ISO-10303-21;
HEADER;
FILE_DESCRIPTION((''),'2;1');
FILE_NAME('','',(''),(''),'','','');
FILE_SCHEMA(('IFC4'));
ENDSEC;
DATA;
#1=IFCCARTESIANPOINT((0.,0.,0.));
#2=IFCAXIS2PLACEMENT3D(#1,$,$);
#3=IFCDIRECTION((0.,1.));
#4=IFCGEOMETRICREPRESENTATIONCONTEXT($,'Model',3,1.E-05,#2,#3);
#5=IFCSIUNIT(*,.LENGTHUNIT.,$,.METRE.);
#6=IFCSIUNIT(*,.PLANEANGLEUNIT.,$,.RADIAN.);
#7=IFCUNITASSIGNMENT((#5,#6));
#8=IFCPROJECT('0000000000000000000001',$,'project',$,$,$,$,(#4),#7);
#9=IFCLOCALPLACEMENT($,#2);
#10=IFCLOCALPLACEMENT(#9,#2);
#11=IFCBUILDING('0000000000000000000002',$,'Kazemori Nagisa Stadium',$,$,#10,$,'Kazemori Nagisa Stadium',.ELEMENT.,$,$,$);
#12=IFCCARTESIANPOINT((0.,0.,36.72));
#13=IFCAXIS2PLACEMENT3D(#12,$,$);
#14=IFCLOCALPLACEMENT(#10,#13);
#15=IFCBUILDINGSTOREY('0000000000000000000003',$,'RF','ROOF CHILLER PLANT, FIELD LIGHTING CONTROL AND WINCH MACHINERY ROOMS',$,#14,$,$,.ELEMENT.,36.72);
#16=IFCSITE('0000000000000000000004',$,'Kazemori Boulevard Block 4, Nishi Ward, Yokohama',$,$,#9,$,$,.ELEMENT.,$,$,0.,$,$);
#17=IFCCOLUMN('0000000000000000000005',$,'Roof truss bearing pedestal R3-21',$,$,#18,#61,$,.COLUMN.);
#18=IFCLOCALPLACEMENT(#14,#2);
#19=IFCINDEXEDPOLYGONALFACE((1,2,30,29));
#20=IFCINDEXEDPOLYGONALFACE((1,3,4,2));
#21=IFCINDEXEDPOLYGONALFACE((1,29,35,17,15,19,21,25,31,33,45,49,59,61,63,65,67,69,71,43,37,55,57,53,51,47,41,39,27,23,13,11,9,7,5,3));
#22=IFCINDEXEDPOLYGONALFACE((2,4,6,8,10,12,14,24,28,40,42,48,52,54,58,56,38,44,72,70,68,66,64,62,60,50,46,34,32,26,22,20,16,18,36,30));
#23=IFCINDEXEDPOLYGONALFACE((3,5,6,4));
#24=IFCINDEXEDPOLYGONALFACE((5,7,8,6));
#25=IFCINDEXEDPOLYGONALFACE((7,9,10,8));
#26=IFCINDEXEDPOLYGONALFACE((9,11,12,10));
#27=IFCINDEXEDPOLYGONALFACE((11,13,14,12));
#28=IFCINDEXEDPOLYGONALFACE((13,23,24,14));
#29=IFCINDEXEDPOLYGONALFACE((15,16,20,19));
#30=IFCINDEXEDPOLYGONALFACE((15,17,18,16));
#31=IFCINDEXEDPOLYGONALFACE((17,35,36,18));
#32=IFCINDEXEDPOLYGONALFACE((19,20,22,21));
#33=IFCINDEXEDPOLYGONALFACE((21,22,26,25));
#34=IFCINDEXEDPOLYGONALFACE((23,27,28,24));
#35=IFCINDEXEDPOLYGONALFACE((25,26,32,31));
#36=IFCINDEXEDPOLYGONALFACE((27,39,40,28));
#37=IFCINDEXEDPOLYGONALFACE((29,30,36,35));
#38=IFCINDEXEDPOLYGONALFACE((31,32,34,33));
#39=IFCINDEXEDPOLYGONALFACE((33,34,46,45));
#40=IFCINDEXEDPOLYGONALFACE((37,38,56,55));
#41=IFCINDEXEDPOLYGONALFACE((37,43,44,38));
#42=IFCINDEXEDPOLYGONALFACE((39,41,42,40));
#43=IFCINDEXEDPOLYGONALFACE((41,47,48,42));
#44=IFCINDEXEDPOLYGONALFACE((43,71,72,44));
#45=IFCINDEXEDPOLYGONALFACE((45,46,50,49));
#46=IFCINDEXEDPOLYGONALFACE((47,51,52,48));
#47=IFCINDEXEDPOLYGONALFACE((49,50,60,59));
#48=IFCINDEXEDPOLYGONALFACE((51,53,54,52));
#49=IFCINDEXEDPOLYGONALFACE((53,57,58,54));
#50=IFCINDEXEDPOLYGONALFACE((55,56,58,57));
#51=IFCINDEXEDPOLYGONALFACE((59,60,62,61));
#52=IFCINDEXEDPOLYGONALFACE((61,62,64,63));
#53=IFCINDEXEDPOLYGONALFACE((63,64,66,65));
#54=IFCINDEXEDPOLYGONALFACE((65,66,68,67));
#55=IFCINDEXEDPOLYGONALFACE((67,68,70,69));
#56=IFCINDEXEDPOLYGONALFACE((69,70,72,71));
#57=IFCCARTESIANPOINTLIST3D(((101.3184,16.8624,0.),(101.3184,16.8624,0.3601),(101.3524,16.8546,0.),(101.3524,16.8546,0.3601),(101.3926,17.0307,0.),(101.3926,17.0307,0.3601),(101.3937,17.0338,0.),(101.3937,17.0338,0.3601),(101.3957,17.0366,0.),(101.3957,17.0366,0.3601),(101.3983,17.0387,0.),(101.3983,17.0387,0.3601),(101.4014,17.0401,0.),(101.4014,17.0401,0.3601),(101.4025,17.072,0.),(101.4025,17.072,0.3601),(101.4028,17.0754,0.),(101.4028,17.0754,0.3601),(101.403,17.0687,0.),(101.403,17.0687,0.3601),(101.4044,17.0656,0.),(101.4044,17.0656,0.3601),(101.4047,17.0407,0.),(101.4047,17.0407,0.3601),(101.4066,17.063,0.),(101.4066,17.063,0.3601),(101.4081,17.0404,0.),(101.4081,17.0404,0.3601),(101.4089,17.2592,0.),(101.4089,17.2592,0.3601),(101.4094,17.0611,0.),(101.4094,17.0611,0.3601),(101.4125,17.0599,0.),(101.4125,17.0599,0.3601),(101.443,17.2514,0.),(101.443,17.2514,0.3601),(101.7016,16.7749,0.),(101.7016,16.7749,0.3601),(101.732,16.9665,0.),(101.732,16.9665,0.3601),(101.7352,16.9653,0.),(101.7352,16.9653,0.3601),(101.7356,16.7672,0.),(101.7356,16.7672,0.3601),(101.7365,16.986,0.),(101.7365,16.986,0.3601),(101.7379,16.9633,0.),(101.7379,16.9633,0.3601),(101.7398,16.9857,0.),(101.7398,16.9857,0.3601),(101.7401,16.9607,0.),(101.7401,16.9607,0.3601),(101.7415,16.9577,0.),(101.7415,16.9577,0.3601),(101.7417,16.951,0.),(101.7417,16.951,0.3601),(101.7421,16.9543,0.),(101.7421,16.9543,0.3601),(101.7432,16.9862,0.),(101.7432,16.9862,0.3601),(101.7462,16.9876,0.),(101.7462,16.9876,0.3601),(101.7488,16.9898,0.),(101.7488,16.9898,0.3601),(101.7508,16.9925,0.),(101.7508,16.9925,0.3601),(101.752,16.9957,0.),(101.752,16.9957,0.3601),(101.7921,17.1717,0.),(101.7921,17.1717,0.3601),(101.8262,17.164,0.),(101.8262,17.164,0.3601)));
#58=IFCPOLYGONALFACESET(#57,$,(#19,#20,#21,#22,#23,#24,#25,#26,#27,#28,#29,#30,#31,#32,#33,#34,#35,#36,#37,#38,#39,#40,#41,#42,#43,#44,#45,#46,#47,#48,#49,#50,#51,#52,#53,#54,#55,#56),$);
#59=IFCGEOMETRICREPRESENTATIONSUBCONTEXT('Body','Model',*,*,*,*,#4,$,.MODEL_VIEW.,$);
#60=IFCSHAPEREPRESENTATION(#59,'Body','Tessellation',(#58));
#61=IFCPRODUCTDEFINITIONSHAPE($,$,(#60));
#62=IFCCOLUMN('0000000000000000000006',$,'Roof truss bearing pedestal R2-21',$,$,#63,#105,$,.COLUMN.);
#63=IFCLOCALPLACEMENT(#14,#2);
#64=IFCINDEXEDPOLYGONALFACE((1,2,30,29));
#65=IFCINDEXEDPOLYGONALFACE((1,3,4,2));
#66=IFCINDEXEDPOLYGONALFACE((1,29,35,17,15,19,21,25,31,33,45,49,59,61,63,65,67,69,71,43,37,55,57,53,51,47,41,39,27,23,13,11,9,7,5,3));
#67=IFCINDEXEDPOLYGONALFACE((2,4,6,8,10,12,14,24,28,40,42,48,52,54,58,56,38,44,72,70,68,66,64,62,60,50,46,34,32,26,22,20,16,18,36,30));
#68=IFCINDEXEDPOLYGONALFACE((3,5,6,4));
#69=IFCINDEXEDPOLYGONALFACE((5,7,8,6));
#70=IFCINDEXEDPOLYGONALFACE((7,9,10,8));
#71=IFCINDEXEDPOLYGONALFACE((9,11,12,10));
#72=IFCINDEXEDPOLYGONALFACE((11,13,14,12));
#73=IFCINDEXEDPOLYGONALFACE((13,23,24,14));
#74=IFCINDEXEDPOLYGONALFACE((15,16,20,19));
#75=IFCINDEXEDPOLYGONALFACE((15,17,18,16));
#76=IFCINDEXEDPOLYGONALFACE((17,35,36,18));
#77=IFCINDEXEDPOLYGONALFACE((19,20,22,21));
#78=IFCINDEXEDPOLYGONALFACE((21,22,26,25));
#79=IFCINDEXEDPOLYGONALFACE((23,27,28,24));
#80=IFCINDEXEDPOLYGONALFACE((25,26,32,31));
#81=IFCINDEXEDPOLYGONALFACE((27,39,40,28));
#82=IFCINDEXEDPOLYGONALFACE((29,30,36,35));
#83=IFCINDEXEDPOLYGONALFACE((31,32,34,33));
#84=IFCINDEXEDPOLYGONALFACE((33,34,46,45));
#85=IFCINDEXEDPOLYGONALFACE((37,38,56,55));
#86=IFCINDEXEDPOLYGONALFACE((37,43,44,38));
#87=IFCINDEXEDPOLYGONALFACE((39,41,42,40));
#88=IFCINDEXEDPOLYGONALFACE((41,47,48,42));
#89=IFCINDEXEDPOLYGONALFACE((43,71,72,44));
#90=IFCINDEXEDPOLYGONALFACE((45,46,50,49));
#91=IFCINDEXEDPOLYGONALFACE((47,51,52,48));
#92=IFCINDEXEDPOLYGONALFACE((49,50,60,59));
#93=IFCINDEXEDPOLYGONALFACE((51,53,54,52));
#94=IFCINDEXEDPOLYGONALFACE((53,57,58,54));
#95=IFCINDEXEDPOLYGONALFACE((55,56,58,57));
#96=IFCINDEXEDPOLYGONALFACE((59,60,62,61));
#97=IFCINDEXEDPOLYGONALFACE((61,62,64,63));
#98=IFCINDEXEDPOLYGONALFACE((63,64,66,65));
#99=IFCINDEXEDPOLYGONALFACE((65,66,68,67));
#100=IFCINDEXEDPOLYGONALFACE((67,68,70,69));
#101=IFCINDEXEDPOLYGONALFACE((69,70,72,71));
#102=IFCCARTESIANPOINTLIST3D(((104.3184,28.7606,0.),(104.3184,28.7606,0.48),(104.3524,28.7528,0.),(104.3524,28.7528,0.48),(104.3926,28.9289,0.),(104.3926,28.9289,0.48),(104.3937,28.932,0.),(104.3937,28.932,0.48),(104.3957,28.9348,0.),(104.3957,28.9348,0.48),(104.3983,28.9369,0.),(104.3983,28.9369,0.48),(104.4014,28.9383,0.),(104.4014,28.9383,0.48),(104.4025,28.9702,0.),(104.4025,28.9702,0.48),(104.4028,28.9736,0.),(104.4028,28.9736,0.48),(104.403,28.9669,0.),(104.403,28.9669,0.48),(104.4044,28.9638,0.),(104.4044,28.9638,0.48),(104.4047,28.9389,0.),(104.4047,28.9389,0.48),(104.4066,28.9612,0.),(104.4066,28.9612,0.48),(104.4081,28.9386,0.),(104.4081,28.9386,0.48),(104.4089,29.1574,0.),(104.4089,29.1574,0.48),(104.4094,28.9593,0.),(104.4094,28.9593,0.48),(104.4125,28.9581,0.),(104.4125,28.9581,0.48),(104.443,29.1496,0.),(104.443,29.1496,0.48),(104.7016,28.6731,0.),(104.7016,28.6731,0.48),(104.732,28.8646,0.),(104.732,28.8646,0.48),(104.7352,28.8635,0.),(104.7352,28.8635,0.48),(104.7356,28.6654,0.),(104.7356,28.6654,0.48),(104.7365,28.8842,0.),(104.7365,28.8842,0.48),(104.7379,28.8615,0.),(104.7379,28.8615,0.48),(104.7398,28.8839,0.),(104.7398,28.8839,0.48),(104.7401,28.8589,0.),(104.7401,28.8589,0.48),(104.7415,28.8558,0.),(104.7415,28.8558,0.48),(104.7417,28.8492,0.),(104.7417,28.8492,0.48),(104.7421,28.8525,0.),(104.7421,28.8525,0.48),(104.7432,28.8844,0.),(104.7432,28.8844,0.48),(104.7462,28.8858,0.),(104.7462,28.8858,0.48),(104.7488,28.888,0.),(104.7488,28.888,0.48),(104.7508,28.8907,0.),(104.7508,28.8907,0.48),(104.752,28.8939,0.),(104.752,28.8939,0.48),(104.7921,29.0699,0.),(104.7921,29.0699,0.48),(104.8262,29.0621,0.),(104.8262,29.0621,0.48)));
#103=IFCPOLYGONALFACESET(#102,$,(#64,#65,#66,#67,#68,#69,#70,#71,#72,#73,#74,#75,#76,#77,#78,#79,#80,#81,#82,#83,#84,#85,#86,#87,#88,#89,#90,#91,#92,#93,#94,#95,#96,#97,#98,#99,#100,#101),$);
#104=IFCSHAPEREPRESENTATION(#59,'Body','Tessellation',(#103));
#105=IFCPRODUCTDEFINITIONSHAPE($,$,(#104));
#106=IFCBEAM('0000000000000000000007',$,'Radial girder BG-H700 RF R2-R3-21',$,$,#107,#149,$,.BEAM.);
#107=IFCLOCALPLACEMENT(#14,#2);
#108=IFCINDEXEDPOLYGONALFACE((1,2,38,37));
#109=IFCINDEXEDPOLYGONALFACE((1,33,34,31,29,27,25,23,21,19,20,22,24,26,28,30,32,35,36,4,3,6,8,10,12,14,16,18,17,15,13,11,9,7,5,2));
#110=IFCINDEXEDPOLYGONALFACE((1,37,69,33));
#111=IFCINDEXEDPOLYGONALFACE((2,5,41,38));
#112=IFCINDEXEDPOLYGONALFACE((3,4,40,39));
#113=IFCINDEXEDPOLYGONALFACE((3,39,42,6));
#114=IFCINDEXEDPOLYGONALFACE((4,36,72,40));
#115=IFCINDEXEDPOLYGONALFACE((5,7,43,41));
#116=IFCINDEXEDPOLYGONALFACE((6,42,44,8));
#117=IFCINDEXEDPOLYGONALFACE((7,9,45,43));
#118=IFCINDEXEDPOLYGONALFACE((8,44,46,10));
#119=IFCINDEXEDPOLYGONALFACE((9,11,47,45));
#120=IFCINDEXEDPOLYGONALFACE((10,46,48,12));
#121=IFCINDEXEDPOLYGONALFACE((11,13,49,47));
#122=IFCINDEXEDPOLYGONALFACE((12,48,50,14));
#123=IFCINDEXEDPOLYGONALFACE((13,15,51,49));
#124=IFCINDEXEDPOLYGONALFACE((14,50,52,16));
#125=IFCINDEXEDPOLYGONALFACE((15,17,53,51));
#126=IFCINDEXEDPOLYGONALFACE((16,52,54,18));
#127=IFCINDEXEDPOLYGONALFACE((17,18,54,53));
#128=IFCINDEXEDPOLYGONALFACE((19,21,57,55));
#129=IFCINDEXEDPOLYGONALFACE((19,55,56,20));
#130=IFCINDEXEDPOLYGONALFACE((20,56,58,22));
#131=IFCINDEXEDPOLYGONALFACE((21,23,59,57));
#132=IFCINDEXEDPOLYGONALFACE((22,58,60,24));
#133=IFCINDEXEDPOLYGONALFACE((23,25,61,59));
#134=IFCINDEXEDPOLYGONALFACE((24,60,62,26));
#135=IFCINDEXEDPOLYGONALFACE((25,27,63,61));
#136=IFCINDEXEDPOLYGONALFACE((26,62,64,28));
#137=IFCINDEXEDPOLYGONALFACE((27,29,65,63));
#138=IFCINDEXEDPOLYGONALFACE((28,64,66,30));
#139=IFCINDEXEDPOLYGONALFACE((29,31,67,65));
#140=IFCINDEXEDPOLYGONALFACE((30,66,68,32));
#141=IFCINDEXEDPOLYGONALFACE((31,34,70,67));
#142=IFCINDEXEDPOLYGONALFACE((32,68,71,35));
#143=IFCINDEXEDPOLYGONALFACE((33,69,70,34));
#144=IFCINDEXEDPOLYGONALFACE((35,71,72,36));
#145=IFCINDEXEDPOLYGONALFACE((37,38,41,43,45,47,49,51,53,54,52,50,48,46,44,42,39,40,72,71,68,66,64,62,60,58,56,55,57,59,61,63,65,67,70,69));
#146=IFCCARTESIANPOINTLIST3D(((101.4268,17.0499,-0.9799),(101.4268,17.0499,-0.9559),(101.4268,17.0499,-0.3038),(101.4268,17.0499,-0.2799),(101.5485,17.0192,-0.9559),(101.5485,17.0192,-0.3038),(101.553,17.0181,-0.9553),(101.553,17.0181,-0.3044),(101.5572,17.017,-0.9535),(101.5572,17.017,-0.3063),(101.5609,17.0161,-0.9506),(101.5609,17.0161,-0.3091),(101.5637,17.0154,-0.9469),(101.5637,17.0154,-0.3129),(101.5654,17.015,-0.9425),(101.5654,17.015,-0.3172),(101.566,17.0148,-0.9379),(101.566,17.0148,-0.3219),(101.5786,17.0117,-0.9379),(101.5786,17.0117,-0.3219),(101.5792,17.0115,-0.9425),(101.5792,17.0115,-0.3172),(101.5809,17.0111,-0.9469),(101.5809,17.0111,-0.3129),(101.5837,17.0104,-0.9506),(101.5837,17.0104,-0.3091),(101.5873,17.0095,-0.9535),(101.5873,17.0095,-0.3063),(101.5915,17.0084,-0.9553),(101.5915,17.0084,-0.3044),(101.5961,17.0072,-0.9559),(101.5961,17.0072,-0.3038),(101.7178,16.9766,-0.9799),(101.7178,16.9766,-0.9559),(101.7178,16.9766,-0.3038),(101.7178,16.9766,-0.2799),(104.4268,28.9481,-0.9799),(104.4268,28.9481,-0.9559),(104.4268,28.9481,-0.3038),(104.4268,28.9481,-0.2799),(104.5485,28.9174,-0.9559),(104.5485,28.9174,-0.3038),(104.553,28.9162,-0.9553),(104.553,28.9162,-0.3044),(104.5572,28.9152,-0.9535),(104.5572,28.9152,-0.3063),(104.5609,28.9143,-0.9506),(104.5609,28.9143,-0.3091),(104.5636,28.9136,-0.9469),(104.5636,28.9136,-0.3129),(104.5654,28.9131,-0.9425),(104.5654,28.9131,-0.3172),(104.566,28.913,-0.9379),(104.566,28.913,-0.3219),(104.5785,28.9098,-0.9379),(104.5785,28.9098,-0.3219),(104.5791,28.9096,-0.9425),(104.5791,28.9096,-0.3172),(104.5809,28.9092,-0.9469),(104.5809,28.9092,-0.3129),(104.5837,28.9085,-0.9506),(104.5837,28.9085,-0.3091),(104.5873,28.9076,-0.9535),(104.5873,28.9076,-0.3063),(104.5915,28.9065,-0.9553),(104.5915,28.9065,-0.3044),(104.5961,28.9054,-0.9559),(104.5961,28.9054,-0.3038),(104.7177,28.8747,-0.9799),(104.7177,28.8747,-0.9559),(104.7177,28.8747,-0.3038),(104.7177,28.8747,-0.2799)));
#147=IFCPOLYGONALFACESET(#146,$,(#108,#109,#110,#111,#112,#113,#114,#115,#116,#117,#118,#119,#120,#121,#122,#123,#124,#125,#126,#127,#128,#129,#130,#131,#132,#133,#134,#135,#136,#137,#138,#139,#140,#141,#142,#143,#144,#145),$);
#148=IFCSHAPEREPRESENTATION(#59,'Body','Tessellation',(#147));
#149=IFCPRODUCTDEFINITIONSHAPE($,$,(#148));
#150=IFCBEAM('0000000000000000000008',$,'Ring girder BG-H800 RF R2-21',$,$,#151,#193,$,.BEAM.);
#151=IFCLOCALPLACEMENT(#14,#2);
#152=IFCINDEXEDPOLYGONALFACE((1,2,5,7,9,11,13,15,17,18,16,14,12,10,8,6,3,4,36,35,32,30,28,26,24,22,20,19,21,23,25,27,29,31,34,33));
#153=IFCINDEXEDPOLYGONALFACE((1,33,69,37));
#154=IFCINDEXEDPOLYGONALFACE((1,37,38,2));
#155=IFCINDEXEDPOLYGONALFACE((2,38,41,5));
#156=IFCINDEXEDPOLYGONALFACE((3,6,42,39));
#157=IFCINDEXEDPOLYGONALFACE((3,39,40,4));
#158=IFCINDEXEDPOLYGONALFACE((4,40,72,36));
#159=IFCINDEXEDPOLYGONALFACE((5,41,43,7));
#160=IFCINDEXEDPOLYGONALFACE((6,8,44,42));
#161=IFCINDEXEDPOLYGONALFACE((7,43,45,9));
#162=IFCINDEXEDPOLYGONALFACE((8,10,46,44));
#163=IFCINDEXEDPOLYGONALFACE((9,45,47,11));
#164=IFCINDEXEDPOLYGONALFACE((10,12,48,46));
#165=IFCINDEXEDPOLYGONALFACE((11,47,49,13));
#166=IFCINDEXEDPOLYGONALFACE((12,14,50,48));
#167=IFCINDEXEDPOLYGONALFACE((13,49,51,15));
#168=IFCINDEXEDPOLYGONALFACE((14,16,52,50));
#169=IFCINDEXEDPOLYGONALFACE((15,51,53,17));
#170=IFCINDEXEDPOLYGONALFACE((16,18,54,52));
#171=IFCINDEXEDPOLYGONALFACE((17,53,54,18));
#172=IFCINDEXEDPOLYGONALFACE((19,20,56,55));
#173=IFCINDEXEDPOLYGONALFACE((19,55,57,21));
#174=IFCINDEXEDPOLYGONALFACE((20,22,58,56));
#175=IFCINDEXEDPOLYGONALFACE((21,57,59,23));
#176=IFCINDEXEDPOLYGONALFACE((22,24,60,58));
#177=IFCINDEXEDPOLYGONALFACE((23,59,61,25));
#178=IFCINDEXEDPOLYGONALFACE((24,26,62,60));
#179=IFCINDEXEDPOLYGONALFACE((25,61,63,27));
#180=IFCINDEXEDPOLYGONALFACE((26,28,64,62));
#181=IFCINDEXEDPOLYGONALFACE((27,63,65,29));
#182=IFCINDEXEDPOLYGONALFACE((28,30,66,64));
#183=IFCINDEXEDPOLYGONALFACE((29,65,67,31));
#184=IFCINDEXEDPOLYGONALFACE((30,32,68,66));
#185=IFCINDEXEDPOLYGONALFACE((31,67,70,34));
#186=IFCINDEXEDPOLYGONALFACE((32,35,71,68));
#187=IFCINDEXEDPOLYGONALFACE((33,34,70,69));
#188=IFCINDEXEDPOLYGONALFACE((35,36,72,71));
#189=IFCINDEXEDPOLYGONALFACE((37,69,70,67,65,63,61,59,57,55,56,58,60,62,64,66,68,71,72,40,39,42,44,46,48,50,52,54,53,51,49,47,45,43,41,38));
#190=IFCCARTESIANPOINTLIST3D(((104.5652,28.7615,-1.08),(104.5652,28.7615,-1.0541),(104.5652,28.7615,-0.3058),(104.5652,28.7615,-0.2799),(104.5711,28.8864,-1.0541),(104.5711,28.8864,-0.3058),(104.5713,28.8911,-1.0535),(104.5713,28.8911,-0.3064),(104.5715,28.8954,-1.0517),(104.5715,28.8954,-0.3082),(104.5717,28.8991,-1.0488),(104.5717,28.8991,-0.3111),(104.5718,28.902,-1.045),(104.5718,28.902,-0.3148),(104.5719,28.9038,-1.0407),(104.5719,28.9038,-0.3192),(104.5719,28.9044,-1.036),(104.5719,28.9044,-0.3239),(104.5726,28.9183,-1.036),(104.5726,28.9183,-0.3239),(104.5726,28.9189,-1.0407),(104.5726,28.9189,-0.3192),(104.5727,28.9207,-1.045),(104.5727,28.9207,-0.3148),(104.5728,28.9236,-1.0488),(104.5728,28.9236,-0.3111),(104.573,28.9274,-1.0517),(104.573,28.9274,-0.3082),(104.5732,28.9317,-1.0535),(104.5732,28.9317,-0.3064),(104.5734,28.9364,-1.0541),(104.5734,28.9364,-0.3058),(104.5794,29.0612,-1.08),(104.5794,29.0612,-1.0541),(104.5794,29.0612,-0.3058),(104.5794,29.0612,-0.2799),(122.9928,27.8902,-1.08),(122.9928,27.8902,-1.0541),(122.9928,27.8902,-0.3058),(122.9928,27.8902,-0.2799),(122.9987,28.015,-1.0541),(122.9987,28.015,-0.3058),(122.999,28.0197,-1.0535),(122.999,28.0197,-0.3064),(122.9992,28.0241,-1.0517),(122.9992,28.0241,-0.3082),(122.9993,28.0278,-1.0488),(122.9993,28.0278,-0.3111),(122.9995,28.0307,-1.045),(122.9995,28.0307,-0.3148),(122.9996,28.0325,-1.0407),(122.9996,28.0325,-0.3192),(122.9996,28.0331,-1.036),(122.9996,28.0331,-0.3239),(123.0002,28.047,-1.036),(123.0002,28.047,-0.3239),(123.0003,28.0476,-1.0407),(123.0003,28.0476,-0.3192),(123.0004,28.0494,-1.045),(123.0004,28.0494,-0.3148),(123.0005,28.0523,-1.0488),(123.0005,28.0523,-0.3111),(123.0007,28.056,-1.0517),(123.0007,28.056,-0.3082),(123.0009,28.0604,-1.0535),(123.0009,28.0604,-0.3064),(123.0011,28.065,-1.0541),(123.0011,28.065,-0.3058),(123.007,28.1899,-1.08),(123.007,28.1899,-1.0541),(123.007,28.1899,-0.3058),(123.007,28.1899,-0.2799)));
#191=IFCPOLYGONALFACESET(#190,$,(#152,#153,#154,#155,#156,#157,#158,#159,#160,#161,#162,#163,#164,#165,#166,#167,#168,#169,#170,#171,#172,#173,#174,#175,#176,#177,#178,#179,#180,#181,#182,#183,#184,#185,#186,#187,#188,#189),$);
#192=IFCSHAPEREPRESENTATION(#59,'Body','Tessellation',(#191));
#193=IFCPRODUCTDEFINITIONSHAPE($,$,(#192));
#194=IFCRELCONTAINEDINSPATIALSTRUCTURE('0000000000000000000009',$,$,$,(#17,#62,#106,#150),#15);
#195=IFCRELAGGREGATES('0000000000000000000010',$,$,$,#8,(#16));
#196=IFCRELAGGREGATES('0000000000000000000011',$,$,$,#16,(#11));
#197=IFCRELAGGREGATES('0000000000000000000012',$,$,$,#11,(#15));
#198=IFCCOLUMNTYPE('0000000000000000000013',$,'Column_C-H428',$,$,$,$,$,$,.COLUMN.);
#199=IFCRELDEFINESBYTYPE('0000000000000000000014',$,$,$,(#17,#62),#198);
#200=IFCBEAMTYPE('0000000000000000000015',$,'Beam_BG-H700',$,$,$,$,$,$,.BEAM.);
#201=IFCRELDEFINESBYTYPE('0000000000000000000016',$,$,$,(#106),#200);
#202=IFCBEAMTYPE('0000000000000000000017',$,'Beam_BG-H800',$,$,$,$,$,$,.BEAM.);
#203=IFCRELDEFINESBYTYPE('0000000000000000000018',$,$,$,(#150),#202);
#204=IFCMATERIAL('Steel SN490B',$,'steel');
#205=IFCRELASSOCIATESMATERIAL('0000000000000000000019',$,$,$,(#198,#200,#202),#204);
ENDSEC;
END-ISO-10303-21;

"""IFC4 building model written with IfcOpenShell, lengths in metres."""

from ifc_helpers import new_model, si_unit, direction, frame, origin, origin_2d, place, context, subcontext, project, spatial, i_section, extrude, material, material_profile, profile_set, type_object, element, save


model = new_model("IFC4")

# Units and contexts
model_context = context("Model", 3, precision=1e-05, world=origin(), true_north=direction((0.0, 1.0)))
body_context = subcontext(model_context, "Body", "Model", "MODEL_VIEW")
ifc_project = project(units=[si_unit("LENGTHUNIT", "METRE"), si_unit("PLANEANGLEUNIT", "RADIAN")], contexts=[model_context])

# Site, building, storey
site_placement = place(None, origin())
site = spatial("IfcSite", under=ifc_project, at=site_placement, Name="Kazemori Boulevard Block 4, Nishi Ward, Yokohama", CompositionType="ELEMENT", RefElevation=0.0)
building_placement = place(site_placement, origin())
building = spatial("IfcBuilding", under=site, at=building_placement, Name="Kazemori Nagisa Stadium", LongName="Kazemori Nagisa Stadium", CompositionType="ELEMENT")
storey_placement = place(building_placement, frame((0.0, 0.0, 36.72)))
storey = spatial("IfcBuildingStorey", under=building, at=storey_placement, Name="RF", Description="ROOF CHILLER PLANT, FIELD LIGHTING CONTROL AND WINCH MACHINERY ROOMS", CompositionType="ELEMENT", Elevation=36.72)

# Columns
ifc_material_1 = material(Name="Steel SN490B", Category="steel")
ifc_material_profile_1 = material_profile(ifc_material_1, i_section(OverallWidth=0.407, OverallDepth=0.428, WebThickness=0.02, FlangeThickness=0.0349, FilletRadius=0.0129, at=origin_2d()), Name="H-428x407x20x35")
ifc_profile_set_1 = profile_set([ifc_material_profile_1], Name="Steel SN490B")
column_type = type_object("IfcColumnType", Name="Column_C-H428", PredefinedType="COLUMN", material=ifc_profile_set_1)
column_1_placement = place(storey_placement, frame((101.5723, 17.0132, 0.0), z_axis=(0.0, 0.0, 1.0), x_axis=(-0.222521, -0.974928, 0.0)))
element("IfcColumn", 1, at=column_1_placement, inside=storey, type_object=column_type, Name="Roof truss bearing pedestal R3-21", PredefinedType="COLUMN", context=body_context, shape_type="SweptSolid", body=[
    extrude(i_section(OverallWidth=0.407, OverallDepth=0.428, WebThickness=0.02, FlangeThickness=0.0349, FilletRadius=0.0129, at=origin_2d()), origin(), (0.0, 0.0, 1.0), 0.3601),
])
column_2_placement = place(storey_placement, frame((104.5723, 28.9114, 0.0), z_axis=(0.0, 0.0, 1.0), x_axis=(-0.222521, -0.974928, 0.0)))
element("IfcColumn", 2, at=column_2_placement, inside=storey, type_object=column_type, Name="Roof truss bearing pedestal R2-21", PredefinedType="COLUMN", context=body_context, shape_type="SweptSolid", body=[
    extrude(i_section(OverallWidth=0.407, OverallDepth=0.428, WebThickness=0.02, FlangeThickness=0.0349, FilletRadius=0.0129, at=origin_2d()), origin(), (0.0, 0.0, 1.0), 0.48),
])

# Beams
ifc_material_profile_2 = material_profile(ifc_material_1, i_section(OverallWidth=0.3, OverallDepth=0.7, WebThickness=0.0129, FlangeThickness=0.0239, FilletRadius=0.0181, at=origin_2d()), Name="H-700x300x13x24")
ifc_profile_set_2 = profile_set([ifc_material_profile_2], Name="Steel SN490B")
beam_type_1 = type_object("IfcBeamType", Name="Beam_BG-H700", PredefinedType="BEAM", material=ifc_profile_set_2)
beam_1_placement = place(storey_placement, frame((104.5723, 28.9114, -0.6299), z_axis=(-0.244487, -0.969652, 0.0), x_axis=(0.969652, -0.244487, 0.0)))
element("IfcBeam", 3, at=beam_1_placement, inside=storey, type_object=beam_type_1, Name="Radial girder BG-H700 RF R2-R3-21", PredefinedType="BEAM", context=body_context, shape_type="SweptSolid", body=[
    extrude(i_section(OverallWidth=0.3, OverallDepth=0.7, WebThickness=0.0129, FlangeThickness=0.0239, FilletRadius=0.0181, at=origin_2d()), origin(), (0.0, 0.0, 1.0), 12.2705),
])
ifc_material_profile_3 = material_profile(ifc_material_1, i_section(OverallWidth=0.3, OverallDepth=0.8, WebThickness=0.0139, FlangeThickness=0.0259, FilletRadius=0.0181, at=origin_2d()), Name="H-800x300x14x26")
ifc_profile_set_3 = profile_set([ifc_material_profile_3], Name="Steel SN490B")
beam_type_2 = type_object("IfcBeamType", Name="Beam_BG-H800", PredefinedType="BEAM", material=ifc_profile_set_3)
beam_2_placement = place(storey_placement, frame((104.5723, 28.9114, -0.6799), z_axis=(0.998884, -0.047231, 0.0), x_axis=(0.047231, 0.998884, 0.0)))
element("IfcBeam", 4, at=beam_2_placement, inside=storey, type_object=beam_type_2, Name="Ring girder BG-H800 RF R2-21", PredefinedType="BEAM", context=body_context, shape_type="SweptSolid", body=[
    extrude(i_section(OverallWidth=0.3, OverallDepth=0.8, WebThickness=0.0139, FlangeThickness=0.0259, FilletRadius=0.0181, at=origin_2d()), origin(), (0.0, 0.0, 1.0), 18.4482),
])

save(model, "model.ifc")
